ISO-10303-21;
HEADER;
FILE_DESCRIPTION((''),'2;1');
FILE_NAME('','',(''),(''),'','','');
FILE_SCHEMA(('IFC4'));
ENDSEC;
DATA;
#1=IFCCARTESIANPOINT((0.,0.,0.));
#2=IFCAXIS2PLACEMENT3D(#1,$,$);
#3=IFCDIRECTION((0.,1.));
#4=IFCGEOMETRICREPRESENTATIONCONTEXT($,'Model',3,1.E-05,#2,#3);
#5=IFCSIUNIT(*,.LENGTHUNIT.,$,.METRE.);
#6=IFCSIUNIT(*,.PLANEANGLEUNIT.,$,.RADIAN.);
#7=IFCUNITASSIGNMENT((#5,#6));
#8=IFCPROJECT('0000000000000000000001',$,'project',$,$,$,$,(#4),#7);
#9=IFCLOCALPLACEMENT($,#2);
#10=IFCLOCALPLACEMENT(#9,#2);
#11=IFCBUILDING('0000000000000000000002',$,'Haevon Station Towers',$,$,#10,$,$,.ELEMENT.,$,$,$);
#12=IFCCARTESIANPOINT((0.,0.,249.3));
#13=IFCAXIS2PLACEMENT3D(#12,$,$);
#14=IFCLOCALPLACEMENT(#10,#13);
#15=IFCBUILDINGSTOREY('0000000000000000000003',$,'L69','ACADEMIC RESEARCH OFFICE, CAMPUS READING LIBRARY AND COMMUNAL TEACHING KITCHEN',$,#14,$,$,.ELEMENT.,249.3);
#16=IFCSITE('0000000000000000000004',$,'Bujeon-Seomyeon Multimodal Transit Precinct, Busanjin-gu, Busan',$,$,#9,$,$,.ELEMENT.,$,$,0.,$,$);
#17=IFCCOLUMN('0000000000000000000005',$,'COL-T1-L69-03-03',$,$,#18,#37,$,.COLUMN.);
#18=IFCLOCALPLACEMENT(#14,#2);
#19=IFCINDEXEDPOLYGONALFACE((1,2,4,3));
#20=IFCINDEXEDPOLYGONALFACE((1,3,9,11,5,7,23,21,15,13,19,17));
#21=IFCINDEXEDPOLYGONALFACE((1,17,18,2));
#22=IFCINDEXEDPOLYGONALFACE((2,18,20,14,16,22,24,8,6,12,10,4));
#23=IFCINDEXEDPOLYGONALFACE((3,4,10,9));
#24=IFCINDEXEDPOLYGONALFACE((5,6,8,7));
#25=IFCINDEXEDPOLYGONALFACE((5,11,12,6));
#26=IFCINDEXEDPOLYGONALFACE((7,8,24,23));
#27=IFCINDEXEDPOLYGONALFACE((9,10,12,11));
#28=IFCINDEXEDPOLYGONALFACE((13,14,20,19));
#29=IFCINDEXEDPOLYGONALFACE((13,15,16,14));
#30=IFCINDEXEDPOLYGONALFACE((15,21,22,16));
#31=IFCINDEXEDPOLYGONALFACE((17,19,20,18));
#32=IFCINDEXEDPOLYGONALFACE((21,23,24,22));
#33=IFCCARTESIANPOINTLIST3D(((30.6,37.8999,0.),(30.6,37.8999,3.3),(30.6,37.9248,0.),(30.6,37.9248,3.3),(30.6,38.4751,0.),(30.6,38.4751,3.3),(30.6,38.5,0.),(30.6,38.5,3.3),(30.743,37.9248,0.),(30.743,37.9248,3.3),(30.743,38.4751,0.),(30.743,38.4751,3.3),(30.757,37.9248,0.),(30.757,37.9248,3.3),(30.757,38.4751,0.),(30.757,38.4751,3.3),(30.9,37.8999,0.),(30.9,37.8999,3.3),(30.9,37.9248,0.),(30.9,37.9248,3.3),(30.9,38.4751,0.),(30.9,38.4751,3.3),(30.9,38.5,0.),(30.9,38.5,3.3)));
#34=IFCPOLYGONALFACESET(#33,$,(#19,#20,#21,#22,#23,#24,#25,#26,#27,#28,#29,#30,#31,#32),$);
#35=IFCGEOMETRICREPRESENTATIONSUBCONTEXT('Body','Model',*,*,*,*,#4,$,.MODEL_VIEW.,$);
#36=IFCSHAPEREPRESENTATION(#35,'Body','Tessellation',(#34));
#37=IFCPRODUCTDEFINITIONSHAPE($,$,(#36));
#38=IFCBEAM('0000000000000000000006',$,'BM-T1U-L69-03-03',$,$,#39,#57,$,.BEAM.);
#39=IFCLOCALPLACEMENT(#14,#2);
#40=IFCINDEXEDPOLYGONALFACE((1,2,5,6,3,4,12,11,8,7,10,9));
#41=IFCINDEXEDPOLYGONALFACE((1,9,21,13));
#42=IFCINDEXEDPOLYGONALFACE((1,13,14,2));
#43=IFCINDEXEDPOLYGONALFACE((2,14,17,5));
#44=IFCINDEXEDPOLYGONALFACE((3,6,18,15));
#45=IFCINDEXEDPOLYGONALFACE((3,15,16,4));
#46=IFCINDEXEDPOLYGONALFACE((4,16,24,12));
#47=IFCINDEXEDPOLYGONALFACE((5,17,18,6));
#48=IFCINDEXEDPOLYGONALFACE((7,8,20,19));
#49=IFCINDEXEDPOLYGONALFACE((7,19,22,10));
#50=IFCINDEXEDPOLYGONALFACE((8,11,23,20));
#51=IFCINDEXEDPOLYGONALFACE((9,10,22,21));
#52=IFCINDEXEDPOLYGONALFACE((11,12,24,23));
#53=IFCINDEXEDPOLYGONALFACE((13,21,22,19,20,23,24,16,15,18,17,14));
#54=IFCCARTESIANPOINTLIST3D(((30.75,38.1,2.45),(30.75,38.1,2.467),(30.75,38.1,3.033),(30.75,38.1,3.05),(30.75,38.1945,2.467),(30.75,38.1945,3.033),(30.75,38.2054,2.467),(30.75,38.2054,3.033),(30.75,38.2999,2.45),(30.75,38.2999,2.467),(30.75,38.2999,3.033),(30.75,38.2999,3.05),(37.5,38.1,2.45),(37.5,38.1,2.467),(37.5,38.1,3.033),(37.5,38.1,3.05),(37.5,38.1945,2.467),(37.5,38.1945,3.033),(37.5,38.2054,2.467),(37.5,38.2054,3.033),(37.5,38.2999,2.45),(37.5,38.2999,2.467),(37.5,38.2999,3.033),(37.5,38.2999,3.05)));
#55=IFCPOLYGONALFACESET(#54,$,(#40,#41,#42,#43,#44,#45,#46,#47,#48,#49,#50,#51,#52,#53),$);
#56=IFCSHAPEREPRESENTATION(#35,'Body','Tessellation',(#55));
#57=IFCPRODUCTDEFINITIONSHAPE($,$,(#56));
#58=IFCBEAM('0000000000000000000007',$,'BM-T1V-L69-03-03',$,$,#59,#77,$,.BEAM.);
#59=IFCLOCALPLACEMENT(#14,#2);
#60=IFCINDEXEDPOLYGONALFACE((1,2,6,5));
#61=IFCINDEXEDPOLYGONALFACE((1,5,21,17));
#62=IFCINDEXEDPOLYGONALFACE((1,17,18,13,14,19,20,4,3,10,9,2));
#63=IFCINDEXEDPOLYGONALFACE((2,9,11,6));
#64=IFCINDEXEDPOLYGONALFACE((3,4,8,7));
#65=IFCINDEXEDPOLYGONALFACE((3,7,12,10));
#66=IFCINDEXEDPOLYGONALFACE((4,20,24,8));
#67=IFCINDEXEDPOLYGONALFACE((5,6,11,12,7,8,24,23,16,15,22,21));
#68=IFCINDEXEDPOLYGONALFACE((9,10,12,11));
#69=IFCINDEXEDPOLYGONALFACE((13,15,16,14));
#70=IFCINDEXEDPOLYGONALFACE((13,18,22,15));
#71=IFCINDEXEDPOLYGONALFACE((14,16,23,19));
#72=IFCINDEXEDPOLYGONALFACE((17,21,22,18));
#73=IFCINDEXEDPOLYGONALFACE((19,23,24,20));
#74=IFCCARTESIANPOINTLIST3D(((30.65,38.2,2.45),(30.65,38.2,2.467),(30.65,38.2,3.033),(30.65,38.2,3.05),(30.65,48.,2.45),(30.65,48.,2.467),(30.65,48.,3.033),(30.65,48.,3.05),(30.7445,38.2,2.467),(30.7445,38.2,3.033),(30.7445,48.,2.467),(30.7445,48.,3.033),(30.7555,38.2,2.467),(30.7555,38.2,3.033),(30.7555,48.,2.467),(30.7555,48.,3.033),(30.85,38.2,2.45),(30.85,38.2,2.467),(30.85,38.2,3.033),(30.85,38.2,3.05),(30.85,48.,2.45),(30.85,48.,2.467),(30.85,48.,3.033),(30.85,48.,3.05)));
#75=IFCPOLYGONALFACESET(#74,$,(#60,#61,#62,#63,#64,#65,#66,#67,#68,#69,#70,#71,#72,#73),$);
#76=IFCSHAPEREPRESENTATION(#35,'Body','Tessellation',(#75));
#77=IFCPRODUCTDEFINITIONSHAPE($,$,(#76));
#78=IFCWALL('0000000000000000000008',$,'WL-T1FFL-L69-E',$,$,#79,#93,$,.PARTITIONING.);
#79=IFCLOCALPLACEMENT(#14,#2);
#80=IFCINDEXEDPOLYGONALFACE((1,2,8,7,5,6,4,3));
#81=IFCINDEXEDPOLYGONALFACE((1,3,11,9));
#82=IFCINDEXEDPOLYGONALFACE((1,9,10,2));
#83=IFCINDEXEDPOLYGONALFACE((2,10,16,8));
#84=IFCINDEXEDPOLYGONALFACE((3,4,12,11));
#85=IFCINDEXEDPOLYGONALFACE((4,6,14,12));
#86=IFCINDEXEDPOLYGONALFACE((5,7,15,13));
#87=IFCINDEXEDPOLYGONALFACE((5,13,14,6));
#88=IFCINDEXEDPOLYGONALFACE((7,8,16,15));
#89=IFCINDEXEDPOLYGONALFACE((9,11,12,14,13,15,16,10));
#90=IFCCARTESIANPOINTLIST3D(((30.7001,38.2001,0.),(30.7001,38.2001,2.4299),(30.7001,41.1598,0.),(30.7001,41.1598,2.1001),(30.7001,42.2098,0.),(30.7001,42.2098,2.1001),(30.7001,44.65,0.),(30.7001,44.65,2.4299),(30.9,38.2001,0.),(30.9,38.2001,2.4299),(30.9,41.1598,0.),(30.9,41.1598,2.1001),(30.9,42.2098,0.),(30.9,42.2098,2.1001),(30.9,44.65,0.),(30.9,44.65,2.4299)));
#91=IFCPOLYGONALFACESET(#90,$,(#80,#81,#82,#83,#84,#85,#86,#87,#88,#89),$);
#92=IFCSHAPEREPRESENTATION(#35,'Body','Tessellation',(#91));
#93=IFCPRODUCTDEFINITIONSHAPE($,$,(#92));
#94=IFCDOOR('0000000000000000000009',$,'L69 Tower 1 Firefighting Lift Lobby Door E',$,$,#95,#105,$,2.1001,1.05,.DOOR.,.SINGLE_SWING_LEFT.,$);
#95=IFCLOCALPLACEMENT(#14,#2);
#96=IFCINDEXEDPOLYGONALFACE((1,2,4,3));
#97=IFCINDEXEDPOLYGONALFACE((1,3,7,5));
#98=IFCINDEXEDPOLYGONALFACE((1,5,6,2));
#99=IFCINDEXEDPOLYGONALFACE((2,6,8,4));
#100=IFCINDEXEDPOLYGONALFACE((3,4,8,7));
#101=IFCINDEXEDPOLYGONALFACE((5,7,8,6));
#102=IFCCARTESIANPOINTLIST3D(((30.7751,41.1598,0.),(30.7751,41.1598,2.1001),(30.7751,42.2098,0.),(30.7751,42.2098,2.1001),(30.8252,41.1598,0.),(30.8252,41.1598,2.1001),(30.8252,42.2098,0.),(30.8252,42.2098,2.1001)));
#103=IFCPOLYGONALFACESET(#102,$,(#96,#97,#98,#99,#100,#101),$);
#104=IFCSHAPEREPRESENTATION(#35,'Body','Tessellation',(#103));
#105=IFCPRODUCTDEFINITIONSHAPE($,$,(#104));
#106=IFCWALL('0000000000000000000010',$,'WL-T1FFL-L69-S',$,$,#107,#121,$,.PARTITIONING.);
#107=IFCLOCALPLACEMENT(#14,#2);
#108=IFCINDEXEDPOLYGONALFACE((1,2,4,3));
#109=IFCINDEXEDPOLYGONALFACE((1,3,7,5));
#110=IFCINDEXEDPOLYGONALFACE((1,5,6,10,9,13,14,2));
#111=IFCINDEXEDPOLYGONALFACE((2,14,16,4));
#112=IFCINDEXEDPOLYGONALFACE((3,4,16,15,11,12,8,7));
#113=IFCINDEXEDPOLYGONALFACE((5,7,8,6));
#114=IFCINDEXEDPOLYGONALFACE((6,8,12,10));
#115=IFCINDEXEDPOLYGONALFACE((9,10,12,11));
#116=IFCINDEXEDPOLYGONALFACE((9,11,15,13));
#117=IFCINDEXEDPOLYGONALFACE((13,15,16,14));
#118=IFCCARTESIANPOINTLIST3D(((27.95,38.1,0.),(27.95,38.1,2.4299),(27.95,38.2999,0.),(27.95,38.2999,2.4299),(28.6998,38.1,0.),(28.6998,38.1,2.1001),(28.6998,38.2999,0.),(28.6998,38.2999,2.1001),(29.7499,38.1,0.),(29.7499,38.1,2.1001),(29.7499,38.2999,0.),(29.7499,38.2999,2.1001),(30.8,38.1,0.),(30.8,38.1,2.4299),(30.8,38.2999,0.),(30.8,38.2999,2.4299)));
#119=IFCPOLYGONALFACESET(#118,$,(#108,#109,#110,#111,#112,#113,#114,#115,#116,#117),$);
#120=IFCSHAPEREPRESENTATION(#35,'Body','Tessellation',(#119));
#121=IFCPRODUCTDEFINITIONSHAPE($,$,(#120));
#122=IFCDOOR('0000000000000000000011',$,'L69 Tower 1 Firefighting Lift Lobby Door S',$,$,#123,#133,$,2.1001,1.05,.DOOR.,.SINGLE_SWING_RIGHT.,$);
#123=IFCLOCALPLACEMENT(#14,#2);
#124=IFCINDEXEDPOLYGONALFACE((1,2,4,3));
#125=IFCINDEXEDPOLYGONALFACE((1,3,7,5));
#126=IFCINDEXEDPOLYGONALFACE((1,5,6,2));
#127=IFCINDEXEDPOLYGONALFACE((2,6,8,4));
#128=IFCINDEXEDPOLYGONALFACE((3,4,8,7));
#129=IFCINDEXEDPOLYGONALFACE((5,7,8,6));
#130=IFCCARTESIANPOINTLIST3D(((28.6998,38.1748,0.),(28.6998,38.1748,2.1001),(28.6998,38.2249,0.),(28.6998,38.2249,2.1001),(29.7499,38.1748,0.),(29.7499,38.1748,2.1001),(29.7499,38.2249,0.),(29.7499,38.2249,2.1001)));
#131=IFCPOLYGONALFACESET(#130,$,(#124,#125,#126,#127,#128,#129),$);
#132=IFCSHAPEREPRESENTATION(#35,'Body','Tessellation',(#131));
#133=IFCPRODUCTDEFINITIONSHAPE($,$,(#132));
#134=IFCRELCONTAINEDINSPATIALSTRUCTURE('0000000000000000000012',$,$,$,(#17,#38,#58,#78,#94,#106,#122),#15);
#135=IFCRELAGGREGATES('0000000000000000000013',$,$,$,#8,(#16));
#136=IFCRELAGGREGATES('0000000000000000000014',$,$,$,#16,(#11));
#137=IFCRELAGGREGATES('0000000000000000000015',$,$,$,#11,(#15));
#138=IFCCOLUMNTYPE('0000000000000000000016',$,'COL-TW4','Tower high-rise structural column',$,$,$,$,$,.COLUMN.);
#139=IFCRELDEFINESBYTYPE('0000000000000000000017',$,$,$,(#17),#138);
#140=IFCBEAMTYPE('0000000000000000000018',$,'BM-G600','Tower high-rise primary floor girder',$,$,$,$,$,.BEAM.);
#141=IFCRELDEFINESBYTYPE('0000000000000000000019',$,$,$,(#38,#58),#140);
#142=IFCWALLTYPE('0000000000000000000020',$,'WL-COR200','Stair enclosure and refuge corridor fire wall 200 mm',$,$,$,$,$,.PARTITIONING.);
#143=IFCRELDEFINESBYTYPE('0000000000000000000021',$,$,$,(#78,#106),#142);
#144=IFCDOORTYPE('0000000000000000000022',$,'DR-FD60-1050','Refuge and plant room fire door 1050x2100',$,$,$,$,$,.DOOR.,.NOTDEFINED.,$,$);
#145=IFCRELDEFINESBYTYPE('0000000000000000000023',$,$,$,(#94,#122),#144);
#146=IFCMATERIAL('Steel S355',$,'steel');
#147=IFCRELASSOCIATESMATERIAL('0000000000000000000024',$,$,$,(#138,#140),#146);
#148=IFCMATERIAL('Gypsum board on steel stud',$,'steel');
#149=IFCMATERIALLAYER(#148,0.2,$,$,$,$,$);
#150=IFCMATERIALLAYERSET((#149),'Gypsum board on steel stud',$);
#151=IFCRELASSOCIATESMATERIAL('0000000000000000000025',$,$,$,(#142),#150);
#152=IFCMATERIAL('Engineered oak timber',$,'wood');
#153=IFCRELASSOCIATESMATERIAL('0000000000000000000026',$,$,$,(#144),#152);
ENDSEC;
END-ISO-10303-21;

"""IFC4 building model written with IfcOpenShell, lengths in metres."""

from ifc_helpers import new_model, si_unit, direction, frame, frame_2d, origin, origin_2d, place, context, subcontext, project, spatial, rectangle, i_section, extrude, material, layer, layer_set, material_profile, profile_set, type_object, element, fill, save


model = new_model("IFC4")

# Units and contexts
model_context = context("Model", 3, precision=1e-05, world=origin(), true_north=direction((0.0, 1.0)))
body_context = subcontext(model_context, "Body", "Model", "MODEL_VIEW")
ifc_project = project(units=[si_unit("LENGTHUNIT", "METRE"), si_unit("PLANEANGLEUNIT", "RADIAN")], contexts=[model_context])

# Site, building, storey
site_placement = place(None, origin())
site = spatial("IfcSite", under=ifc_project, at=site_placement, Name="Bujeon-Seomyeon Multimodal Transit Precinct, Busanjin-gu, Busan", CompositionType="ELEMENT", RefElevation=0.0)
building_placement = place(site_placement, origin())
building = spatial("IfcBuilding", under=site, at=building_placement, Name="Haevon Station Towers", CompositionType="ELEMENT")
storey_placement = place(building_placement, frame((0.0, 0.0, 249.3)))
storey = spatial("IfcBuildingStorey", under=building, at=storey_placement, Name="L69", Description="ACADEMIC RESEARCH OFFICE, CAMPUS READING LIBRARY AND COMMUNAL TEACHING KITCHEN", CompositionType="ELEMENT", Elevation=249.3)

# Column
ifc_material_1 = material(Name="Steel S355", Category="steel")
ifc_material_profile_1 = material_profile(ifc_material_1, i_section(OverallWidth=0.3, OverallDepth=0.6001, WebThickness=0.0139, FlangeThickness=0.0249, at=origin_2d()), Name="H-600x300x14x25")
ifc_profile_set_1 = profile_set([ifc_material_profile_1], Name="Steel S355")
column_type = type_object("IfcColumnType", Name="COL-TW4", Description="Tower high-rise structural column", PredefinedType="COLUMN", material=ifc_profile_set_1)
column_placement = place(storey_placement, frame((30.75, 38.2, 0.0), z_axis=(0.0, 0.0, 1.0), x_axis=(1.0, 0.0, 0.0)))
element("IfcColumn", 1, at=column_placement, inside=storey, type_object=column_type, Name="COL-T1-L69-03-03", PredefinedType="COLUMN", context=body_context, shape_type="SweptSolid", body=[
    extrude(i_section(OverallWidth=0.3, OverallDepth=0.6001, WebThickness=0.0139, FlangeThickness=0.0249, at=origin_2d()), origin(), (0.0, 0.0, 1.0), 3.3),
])

# Beams
ifc_material_profile_2 = material_profile(ifc_material_1, i_section(OverallWidth=0.2, OverallDepth=0.6001, WebThickness=0.011, FlangeThickness=0.0171, at=origin_2d()), Name="H-600x200x11x17")
ifc_profile_set_2 = profile_set([ifc_material_profile_2], Name="Steel S355")
beam_type = type_object("IfcBeamType", Name="BM-G600", Description="Tower high-rise primary floor girder", PredefinedType="BEAM", material=ifc_profile_set_2)
beam_1_placement = place(storey_placement, frame((30.75, 38.2, 2.75), z_axis=(1.0, 0.0, 0.0), x_axis=(0.0, 1.0, 0.0)))
element("IfcBeam", 2, at=beam_1_placement, inside=storey, type_object=beam_type, Name="BM-T1U-L69-03-03", PredefinedType="BEAM", context=body_context, shape_type="SweptSolid", body=[
    extrude(i_section(OverallWidth=0.2, OverallDepth=0.6001, WebThickness=0.011, FlangeThickness=0.0171, at=origin_2d()), origin(), (0.0, 0.0, 1.0), 6.75),
])
beam_2_placement = place(storey_placement, frame((30.75, 38.2, 2.75), z_axis=(0.0, 1.0, 0.0), x_axis=(-1.0, 0.0, 0.0)))
element("IfcBeam", 3, at=beam_2_placement, inside=storey, type_object=beam_type, Name="BM-T1V-L69-03-03", PredefinedType="BEAM", context=body_context, shape_type="SweptSolid", body=[
    extrude(i_section(OverallWidth=0.2, OverallDepth=0.6001, WebThickness=0.011, FlangeThickness=0.0171, at=origin_2d()), origin(), (0.0, 0.0, 1.0), 9.8),
])

# Walls, openings, doors
ifc_material_2 = material(Name="Gypsum board on steel stud", Category="steel")
ifc_layer_1 = layer(ifc_material_2, 0.2)
ifc_layer_set_1 = layer_set([ifc_layer_1], Name="Gypsum board on steel stud")
wall_type_1 = type_object("IfcWallType", Name="WL-COR200", Description="Stair enclosure and refuge corridor fire wall 200 mm", PredefinedType="PARTITIONING", material=ifc_layer_set_1)
wall_1_placement = place(storey_placement, frame((30.8, 38.2, 0.0), z_axis=(0.0, 0.0, 1.0), x_axis=(0.0, 1.0, 0.0)))
wall_1 = element("IfcWall", 4, at=wall_1_placement, inside=storey, type_object=wall_type_1, Name="WL-T1FFL-L69-E", PredefinedType="PARTITIONING", context=body_context, shape_type="SweptSolid", body=[
    extrude(rectangle(XDim=6.45, YDim=0.2, at=frame_2d((3.2251, 0.0))), origin(), (0.0, 0.0, 1.0), 2.4299),
])
opening_1_placement = place(wall_1_placement, frame((2.96, 0.0, 0.0)))
opening_1 = element("IfcOpeningElement", 5, at=opening_1_placement, cuts=wall_1, PredefinedType="OPENING", context=body_context, shape_type="SweptSolid", body=[
    extrude(rectangle(XDim=1.05, YDim=2.1001, at=frame_2d((0.5249, 1.05))), frame((0.0, 0.1099, 0.0), z_axis=(0.0, -1.0, 0.0), x_axis=(1.0, 0.0, 0.0)), (0.0, 0.0, 1.0), 0.22),
])
ifc_material_3 = material(Name="Engineered oak timber", Category="wood")
door_type_1 = type_object("IfcDoorType", Name="DR-FD60-1050", Description="Refuge and plant room fire door 1050x2100", OperationType="NOTDEFINED", PredefinedType="DOOR", material=ifc_material_3)
door_1_placement = place(opening_1_placement, origin())
door_1 = element("IfcDoor", 6, at=door_1_placement, inside=storey, type_object=door_type_1, Name="L69 Tower 1 Firefighting Lift Lobby Door E", OperationType="SINGLE_SWING_LEFT", OverallHeight=2.1001, OverallWidth=1.05, PredefinedType="DOOR", context=body_context, shape_type="SweptSolid", body=[
    extrude(rectangle(XDim=1.05, YDim=2.1001, at=frame_2d((0.5249, 1.05))), frame((0.0, 0.0249, 0.0), z_axis=(0.0, -1.0, 0.0), x_axis=(1.0, 0.0, 0.0)), (0.0, 0.0, 1.0), 0.05),
])
fill(opening_1, door_1)
wall_2_placement = place(storey_placement, frame((27.95, 38.2, 0.0), z_axis=(0.0, 0.0, 1.0), x_axis=(1.0, 0.0, 0.0)))
wall_2 = element("IfcWall", 7, at=wall_2_placement, inside=storey, type_object=wall_type_1, Name="WL-T1FFL-L69-S", PredefinedType="PARTITIONING", context=body_context, shape_type="SweptSolid", body=[
    extrude(rectangle(XDim=2.8501, YDim=0.2, at=frame_2d((1.425, 0.0))), origin(), (0.0, 0.0, 1.0), 2.4299),
])
opening_2_placement = place(wall_2_placement, frame((0.75, 0.0, 0.0)))
opening_2 = element("IfcOpeningElement", 8, at=opening_2_placement, cuts=wall_2, PredefinedType="OPENING", context=body_context, shape_type="SweptSolid", body=[
    extrude(rectangle(XDim=1.05, YDim=2.1001, at=frame_2d((0.5249, 1.05))), frame((0.0, 0.1099, 0.0), z_axis=(0.0, -1.0, 0.0), x_axis=(1.0, 0.0, 0.0)), (0.0, 0.0, 1.0), 0.22),
])
door_2_placement = place(opening_2_placement, origin())
door_2 = element("IfcDoor", 9, at=door_2_placement, inside=storey, type_object=door_type_1, Name="L69 Tower 1 Firefighting Lift Lobby Door S", OperationType="SINGLE_SWING_RIGHT", OverallHeight=2.1001, OverallWidth=1.05, PredefinedType="DOOR", context=body_context, shape_type="SweptSolid", body=[
    extrude(rectangle(XDim=1.05, YDim=2.1001, at=frame_2d((0.5249, 1.05))), frame((0.0, 0.0249, 0.0), z_axis=(0.0, -1.0, 0.0), x_axis=(1.0, 0.0, 0.0)), (0.0, 0.0, 1.0), 0.05),
])
fill(opening_2, door_2)

save(model, "model.ifc")
